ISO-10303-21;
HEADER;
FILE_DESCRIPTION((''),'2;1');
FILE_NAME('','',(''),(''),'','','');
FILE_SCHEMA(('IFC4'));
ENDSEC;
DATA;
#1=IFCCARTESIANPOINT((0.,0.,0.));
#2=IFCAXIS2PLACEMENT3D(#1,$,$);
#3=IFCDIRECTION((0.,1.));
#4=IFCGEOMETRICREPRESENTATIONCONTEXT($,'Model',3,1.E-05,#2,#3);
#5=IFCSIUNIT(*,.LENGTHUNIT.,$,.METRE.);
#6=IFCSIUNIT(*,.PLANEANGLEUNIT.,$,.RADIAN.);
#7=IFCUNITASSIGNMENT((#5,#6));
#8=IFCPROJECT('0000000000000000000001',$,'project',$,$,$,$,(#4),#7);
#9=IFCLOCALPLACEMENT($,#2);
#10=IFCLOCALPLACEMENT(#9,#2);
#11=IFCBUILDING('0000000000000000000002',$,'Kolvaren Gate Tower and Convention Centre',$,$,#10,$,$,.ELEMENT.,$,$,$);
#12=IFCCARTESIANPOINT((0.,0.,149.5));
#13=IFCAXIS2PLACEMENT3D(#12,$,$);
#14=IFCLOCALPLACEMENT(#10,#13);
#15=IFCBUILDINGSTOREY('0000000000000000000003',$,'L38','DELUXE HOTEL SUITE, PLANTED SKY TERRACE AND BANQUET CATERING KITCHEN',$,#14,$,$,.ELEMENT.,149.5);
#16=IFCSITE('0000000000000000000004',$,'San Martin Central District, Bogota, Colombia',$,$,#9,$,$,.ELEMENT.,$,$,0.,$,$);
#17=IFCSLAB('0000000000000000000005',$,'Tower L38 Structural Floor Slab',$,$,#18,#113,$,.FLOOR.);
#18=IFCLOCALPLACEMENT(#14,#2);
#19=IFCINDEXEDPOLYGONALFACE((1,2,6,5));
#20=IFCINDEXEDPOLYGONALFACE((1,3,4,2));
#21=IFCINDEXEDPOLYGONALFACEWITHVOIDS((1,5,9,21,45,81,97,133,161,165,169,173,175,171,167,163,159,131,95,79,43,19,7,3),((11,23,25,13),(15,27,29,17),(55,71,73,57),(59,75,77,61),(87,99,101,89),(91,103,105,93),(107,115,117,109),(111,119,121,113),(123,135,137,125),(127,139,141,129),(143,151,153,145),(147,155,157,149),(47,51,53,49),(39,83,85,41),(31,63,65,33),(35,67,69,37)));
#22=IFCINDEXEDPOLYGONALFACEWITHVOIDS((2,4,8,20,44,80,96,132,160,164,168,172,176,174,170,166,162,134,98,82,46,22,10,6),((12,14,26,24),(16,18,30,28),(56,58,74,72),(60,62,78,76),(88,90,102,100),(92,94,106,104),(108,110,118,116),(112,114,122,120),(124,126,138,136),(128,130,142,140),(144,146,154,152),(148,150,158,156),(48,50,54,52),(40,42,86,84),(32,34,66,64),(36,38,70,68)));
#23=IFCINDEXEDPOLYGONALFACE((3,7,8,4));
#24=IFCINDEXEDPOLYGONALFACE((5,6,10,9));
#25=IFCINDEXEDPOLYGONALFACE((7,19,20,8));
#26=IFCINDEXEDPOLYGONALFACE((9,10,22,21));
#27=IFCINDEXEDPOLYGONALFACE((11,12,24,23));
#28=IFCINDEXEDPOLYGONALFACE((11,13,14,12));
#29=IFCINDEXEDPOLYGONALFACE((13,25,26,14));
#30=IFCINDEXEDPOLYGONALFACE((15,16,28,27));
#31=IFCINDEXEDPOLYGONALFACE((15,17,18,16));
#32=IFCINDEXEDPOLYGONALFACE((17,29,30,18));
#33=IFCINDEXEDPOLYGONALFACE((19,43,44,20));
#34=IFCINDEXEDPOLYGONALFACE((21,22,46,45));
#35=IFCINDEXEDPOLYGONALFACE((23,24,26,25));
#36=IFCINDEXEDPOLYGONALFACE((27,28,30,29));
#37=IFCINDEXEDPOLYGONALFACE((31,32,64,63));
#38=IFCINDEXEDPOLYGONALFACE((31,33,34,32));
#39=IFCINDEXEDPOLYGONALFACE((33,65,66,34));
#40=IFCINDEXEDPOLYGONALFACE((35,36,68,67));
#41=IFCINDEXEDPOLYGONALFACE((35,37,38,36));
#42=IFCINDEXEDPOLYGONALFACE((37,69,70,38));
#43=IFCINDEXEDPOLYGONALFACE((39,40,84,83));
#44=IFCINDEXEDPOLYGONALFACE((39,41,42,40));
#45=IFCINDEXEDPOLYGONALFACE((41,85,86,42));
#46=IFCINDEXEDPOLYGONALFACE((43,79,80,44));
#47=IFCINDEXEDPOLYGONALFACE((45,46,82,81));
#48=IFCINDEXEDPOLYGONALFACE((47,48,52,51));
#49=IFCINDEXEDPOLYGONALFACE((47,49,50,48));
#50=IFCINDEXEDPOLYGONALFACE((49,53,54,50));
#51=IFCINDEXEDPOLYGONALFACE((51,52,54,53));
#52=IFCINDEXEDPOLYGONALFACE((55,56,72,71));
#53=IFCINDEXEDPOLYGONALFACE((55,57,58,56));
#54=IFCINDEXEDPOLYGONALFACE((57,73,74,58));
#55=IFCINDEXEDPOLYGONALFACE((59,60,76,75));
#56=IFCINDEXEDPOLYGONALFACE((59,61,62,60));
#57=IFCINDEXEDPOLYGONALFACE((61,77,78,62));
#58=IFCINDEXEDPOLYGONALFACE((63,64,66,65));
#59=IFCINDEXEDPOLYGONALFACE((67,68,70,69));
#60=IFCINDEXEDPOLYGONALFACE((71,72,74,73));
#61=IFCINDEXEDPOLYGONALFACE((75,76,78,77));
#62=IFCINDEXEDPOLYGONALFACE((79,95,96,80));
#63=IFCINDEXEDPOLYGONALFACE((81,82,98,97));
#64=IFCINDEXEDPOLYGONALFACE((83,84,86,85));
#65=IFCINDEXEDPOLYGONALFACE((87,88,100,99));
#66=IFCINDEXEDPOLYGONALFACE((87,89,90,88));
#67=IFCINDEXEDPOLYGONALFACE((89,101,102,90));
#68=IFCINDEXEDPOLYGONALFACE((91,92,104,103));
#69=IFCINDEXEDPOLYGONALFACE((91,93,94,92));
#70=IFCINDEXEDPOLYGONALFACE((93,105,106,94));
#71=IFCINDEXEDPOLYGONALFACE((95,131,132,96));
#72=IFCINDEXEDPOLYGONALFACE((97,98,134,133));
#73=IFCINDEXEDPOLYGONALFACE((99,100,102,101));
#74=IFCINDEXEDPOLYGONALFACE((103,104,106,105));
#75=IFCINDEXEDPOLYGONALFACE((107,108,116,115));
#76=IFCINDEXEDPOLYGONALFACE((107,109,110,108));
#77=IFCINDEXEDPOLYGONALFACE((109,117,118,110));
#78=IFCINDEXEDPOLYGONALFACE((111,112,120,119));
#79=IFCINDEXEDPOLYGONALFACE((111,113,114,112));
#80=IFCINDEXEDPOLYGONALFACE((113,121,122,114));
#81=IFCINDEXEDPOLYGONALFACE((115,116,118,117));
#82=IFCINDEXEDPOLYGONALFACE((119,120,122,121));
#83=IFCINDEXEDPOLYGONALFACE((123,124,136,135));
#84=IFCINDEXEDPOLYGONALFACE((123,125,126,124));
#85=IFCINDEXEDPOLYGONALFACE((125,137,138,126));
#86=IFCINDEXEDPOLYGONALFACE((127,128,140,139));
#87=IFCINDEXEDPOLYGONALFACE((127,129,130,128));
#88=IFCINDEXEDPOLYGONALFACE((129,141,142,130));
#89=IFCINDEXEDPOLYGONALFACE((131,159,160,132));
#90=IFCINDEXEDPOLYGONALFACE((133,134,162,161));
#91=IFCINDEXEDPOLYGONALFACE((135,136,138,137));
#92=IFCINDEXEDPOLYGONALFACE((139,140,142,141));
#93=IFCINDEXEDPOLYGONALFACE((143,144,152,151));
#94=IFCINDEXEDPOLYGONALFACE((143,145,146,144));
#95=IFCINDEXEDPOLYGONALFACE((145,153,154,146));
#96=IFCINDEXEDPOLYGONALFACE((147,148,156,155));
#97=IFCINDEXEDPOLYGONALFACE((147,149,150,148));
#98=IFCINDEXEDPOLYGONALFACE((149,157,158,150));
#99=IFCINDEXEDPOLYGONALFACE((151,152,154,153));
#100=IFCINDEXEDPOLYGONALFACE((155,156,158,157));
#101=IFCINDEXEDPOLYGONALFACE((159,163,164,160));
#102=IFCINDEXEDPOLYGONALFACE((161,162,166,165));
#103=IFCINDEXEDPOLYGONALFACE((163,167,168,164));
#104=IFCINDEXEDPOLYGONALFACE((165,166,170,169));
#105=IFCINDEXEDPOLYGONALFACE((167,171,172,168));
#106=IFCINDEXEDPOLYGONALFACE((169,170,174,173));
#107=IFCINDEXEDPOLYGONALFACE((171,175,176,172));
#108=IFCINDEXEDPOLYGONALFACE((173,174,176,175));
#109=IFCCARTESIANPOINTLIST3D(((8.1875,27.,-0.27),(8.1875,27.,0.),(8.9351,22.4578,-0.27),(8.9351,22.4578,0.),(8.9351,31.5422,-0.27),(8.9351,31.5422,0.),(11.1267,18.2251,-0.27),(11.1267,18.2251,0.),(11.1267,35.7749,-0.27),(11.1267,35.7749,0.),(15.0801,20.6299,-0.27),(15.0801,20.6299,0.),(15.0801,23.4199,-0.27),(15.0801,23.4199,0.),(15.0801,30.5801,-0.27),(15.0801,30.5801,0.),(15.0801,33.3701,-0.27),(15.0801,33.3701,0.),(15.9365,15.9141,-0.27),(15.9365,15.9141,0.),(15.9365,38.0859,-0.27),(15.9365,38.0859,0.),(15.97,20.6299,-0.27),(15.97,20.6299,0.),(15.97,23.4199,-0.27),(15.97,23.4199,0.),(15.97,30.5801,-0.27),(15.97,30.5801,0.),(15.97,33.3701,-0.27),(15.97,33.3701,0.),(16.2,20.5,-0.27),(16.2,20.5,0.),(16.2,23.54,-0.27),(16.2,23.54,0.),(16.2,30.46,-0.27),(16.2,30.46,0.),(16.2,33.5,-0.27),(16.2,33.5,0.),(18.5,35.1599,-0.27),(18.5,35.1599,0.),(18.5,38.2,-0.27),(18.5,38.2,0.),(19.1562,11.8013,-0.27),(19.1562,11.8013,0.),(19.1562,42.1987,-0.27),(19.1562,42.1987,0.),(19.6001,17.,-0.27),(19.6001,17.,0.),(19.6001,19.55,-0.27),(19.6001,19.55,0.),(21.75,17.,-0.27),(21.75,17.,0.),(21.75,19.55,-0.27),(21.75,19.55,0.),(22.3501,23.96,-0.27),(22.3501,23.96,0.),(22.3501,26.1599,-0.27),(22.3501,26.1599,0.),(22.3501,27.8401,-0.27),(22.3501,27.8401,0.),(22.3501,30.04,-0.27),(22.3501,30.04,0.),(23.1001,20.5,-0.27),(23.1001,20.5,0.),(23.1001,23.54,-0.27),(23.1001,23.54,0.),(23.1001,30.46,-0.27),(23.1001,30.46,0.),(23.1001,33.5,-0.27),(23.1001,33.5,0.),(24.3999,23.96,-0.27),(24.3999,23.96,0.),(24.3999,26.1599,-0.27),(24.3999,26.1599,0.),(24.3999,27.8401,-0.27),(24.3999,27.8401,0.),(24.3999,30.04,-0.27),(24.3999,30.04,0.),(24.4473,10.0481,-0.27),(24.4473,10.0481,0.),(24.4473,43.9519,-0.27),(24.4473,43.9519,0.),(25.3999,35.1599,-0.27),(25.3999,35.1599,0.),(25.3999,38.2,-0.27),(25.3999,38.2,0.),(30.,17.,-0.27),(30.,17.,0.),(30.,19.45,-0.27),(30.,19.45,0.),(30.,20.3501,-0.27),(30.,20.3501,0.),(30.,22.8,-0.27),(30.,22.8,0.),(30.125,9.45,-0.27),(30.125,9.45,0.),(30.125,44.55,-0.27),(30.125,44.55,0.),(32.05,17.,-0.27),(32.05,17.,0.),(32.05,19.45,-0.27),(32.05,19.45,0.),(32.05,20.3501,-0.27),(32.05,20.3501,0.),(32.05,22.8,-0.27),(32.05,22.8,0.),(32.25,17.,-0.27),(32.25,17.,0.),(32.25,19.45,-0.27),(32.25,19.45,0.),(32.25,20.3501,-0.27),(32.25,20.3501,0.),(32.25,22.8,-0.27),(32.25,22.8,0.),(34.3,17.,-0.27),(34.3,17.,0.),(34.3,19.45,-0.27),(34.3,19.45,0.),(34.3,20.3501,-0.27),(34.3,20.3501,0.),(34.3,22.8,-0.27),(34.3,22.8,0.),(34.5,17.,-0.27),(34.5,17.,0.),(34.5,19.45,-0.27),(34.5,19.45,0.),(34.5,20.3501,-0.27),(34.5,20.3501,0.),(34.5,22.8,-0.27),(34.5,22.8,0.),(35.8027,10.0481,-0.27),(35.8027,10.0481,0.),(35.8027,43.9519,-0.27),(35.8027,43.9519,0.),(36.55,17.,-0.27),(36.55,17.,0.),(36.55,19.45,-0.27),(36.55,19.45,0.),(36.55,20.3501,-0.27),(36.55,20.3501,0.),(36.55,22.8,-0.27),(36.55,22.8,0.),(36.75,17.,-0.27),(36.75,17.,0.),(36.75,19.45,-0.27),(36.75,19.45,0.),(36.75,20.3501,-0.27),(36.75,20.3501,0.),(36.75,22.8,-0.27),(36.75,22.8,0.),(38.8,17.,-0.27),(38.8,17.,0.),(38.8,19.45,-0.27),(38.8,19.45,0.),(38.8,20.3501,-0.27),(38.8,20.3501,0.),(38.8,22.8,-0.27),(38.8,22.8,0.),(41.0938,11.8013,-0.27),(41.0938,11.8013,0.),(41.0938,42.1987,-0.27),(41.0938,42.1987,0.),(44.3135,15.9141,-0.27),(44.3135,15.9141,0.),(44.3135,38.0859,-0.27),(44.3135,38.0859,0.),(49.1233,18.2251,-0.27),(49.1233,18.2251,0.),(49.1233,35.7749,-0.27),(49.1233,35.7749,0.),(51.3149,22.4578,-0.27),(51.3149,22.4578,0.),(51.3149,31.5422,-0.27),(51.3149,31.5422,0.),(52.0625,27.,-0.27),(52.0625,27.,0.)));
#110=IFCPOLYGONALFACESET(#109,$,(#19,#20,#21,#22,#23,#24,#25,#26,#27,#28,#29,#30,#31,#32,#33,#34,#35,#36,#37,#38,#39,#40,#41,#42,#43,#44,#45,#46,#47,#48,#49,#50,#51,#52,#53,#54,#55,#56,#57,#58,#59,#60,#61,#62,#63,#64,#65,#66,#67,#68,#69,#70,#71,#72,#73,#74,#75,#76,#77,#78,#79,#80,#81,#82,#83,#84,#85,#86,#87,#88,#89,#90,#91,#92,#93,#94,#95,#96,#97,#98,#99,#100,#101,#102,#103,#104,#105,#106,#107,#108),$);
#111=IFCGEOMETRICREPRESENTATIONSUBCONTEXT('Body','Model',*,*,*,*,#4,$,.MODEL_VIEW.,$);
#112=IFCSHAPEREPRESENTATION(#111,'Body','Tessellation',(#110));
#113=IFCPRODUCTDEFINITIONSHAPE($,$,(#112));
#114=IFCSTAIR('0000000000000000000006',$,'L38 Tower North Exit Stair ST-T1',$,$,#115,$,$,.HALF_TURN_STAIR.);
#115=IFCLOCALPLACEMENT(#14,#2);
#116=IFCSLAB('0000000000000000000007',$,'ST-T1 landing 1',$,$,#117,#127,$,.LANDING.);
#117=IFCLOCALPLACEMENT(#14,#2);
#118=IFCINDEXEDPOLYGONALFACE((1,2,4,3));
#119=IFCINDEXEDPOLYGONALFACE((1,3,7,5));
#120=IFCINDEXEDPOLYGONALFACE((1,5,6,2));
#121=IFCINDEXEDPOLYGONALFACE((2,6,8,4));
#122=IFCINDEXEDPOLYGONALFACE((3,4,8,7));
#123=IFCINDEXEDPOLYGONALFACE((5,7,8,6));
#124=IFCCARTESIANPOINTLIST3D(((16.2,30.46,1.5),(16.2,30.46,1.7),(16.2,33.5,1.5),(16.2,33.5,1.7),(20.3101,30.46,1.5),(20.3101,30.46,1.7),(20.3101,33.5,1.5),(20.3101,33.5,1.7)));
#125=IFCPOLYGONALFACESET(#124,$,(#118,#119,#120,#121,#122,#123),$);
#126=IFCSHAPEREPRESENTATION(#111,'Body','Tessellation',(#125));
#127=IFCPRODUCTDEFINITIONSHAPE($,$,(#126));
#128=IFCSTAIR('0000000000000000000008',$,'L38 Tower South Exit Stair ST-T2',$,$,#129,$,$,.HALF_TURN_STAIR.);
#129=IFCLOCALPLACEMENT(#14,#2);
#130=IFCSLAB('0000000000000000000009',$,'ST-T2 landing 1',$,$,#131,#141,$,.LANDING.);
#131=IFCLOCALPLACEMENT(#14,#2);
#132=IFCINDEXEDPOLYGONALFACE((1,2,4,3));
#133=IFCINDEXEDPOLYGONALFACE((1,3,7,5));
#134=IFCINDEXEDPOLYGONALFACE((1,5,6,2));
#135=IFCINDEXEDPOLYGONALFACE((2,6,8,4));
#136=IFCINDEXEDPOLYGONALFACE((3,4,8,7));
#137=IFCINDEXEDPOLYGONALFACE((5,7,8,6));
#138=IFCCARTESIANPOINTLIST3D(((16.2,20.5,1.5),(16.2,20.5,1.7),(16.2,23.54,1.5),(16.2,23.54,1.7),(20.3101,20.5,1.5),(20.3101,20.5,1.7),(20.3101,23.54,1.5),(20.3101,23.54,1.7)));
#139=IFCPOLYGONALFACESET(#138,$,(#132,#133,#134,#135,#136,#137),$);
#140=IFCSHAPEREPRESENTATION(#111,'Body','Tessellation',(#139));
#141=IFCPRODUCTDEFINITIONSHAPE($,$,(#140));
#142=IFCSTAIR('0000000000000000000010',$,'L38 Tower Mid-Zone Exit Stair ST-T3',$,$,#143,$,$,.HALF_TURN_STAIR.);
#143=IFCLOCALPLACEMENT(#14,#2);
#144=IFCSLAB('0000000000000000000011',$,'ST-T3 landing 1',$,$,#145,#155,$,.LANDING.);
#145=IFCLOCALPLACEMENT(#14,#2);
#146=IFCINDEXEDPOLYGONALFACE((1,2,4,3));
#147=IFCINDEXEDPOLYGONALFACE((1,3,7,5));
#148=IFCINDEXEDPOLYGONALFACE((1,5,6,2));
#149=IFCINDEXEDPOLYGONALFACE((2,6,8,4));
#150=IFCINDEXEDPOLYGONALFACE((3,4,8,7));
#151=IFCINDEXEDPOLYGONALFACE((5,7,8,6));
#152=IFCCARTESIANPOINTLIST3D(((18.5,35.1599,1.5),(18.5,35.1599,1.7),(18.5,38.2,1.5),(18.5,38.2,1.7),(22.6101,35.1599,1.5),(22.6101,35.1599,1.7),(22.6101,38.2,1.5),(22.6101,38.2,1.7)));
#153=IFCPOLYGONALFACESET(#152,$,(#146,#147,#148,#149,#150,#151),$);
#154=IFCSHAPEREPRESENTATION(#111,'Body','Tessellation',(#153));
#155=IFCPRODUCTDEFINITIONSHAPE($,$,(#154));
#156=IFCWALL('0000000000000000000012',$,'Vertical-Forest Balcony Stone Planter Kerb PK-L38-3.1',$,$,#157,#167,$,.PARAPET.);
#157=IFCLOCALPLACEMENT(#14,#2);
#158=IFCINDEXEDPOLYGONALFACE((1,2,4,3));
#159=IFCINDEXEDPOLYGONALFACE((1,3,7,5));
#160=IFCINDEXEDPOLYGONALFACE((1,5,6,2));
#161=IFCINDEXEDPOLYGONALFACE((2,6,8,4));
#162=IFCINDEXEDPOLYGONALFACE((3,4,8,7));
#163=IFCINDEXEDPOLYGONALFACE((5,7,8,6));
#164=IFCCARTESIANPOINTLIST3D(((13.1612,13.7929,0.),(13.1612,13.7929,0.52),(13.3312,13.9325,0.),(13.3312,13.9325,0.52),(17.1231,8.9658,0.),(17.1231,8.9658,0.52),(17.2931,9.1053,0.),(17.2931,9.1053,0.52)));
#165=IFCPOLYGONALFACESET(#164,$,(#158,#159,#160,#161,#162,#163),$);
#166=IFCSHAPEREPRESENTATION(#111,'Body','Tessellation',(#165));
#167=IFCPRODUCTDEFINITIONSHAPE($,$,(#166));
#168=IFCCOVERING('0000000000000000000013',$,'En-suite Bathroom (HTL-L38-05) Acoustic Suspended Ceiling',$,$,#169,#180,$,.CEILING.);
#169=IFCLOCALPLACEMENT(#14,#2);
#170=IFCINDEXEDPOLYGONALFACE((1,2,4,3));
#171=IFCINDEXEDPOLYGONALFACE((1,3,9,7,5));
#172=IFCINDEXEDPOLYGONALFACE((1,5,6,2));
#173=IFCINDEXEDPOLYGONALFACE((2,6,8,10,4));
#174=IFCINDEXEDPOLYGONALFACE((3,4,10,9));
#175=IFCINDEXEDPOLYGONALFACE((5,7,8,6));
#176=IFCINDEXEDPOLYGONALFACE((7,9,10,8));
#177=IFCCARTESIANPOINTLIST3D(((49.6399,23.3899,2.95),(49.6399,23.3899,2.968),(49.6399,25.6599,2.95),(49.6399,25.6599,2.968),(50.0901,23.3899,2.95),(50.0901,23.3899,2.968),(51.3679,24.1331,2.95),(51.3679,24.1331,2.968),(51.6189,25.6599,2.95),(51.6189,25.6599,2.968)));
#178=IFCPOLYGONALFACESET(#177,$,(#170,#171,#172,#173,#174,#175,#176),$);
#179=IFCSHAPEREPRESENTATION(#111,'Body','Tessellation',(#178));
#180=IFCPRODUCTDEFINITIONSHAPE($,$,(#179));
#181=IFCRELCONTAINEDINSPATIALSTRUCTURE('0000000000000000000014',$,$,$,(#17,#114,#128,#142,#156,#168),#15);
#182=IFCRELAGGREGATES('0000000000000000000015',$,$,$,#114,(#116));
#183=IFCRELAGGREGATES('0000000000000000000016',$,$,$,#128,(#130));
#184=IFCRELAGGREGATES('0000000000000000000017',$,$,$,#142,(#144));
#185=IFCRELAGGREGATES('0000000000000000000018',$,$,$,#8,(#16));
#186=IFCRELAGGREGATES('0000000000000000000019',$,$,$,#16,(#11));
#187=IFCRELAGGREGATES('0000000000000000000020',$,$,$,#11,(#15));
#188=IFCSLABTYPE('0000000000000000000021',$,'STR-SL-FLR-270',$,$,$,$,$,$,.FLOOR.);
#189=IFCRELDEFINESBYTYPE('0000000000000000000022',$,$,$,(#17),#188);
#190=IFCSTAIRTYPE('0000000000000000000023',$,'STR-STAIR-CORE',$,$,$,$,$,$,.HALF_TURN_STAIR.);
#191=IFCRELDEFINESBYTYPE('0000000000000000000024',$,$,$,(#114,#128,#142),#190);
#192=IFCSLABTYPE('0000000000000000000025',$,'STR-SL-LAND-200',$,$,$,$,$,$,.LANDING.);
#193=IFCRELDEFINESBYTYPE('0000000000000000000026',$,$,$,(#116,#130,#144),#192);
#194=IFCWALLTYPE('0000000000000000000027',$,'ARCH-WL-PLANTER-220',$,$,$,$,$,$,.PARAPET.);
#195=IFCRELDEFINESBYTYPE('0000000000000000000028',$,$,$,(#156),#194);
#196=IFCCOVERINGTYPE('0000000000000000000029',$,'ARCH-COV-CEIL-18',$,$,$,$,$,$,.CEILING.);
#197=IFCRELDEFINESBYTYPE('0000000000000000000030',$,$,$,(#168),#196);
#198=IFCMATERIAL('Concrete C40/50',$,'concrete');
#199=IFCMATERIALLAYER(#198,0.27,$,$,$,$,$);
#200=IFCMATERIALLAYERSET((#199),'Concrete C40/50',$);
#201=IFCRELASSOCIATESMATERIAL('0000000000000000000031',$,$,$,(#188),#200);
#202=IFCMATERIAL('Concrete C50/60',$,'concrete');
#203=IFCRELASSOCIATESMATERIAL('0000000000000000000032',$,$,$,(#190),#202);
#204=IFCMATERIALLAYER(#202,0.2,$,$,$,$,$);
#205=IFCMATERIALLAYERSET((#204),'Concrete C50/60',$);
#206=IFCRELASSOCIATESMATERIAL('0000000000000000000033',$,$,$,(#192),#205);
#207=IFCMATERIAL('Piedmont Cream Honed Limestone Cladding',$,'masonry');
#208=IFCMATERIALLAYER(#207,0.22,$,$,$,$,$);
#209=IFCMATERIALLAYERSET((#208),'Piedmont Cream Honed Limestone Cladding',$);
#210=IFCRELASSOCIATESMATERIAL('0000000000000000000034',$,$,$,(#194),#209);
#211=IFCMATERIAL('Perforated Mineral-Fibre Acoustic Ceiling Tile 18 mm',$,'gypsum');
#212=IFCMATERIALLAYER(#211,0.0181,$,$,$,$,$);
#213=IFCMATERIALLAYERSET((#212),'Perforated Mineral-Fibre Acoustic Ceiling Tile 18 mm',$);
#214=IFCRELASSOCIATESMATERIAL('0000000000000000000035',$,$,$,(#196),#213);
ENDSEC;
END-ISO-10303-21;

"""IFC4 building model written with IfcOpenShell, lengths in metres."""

from ifc_helpers import new_model, si_unit, direction, frame, frame_2d, origin, place, context, subcontext, project, spatial, polyline, rectangle, outline, extrude, material, layer, layer_set, type_object, element, aggregate, save


model = new_model("IFC4")

# Units and contexts
model_context = context("Model", 3, precision=1e-05, world=origin(), true_north=direction((0.0, 1.0)))
body_context = subcontext(model_context, "Body", "Model", "MODEL_VIEW")
ifc_project = project(units=[si_unit("LENGTHUNIT", "METRE"), si_unit("PLANEANGLEUNIT", "RADIAN")], contexts=[model_context])

# Site, building, storey
site_placement = place(None, origin())
site = spatial("IfcSite", under=ifc_project, at=site_placement, Name="San Martin Central District, Bogota, Colombia", CompositionType="ELEMENT", RefElevation=0.0)
building_placement = place(site_placement, origin())
building = spatial("IfcBuilding", under=site, at=building_placement, Name="Kolvaren Gate Tower and Convention Centre", CompositionType="ELEMENT")
storey_placement = place(building_placement, frame((0.0, 0.0, 149.5)))
storey = spatial("IfcBuildingStorey", under=building, at=storey_placement, Name="L38", Description="DELUXE HOTEL SUITE, PLANTED SKY TERRACE AND BANQUET CATERING KITCHEN", CompositionType="ELEMENT", Elevation=149.5)

# Slab
ifc_material_1 = material(Name="Concrete C50/60", Category="concrete")
ifc_material_2 = material(Name="Concrete C40/50", Category="concrete")
ifc_layer_1 = layer(ifc_material_2, 0.27)
ifc_layer_set_1 = layer_set([ifc_layer_1], Name="Concrete C40/50")
slab_type_1 = type_object("IfcSlabType", Name="STR-SL-FLR-270", PredefinedType="FLOOR", material=ifc_layer_set_1)
slab_1_placement = place(storey_placement, frame((0.0, 0.0, -0.27)))
element("IfcSlab", 1, at=slab_1_placement, inside=storey, type_object=slab_type_1, Name="Tower L38 Structural Floor Slab", PredefinedType="FLOOR", context=body_context, shape_type="SweptSolid", body=[
    extrude(outline(polyline([(52.0625, 27.0), (51.3149, 31.5422), (49.1233, 35.7749), (44.3135, 38.0859), (41.0938, 42.1987), (35.8027, 43.9519), (30.125, 44.55), (24.4473, 43.9519), (19.1562, 42.1987), (15.9365, 38.0859), (11.1267, 35.7749), (8.9351, 31.5422), (8.1875, 27.0), (8.9351, 22.4578), (11.1267, 18.2251), (15.9365, 15.9141), (19.1562, 11.8013), (24.4473, 10.0481), (30.125, 9.45), (35.8027, 10.0481), (41.0938, 11.8013), (44.3135, 15.9141), (49.1233, 18.2251), (51.3149, 22.4578), (52.0625, 27.0)]), holes=[polyline([(36.75, 17.0), (36.75, 19.45), (38.8, 19.45), (38.8, 17.0), (36.75, 17.0)]), polyline([(36.75, 20.3501), (36.75, 22.8), (38.8, 22.8), (38.8, 20.3501), (36.75, 20.3501)]), polyline([(34.5, 17.0), (34.5, 19.45), (36.55, 19.45), (36.55, 17.0), (34.5, 17.0)]), polyline([(34.5, 20.3501), (34.5, 22.8), (36.55, 22.8), (36.55, 20.3501), (34.5, 20.3501)]), polyline([(32.25, 17.0), (32.25, 19.45), (34.3, 19.45), (34.3, 17.0), (32.25, 17.0)]), polyline([(32.25, 20.3501), (32.25, 22.8), (34.3, 22.8), (34.3, 20.3501), (32.25, 20.3501)]), polyline([(30.0, 17.0), (30.0, 19.45), (32.05, 19.45), (32.05, 17.0), (30.0, 17.0)]), polyline([(30.0, 20.3501), (30.0, 22.8), (32.05, 22.8), (32.05, 20.3501), (30.0, 20.3501)]), polyline([(25.3999, 38.2), (25.3999, 35.1599), (18.5, 35.1599), (18.5, 38.2), (25.3999, 38.2)]), polyline([(22.3501, 23.96), (22.3501, 26.1599), (24.3999, 26.1599), (24.3999, 23.96), (22.3501, 23.96)]), polyline([(22.3501, 27.8401), (22.3501, 30.04), (24.3999, 30.04), (24.3999, 27.8401), (22.3501, 27.8401)]), polyline([(23.1001, 23.54), (23.1001, 20.5), (16.2, 20.5), (16.2, 23.54), (23.1001, 23.54)]), polyline([(23.1001, 33.5), (23.1001, 30.46), (16.2, 30.46), (16.2, 33.5), (23.1001, 33.5)]), polyline([(19.6001, 17.0), (19.6001, 19.55), (21.75, 19.55), (21.75, 17.0), (19.6001, 17.0)]), polyline([(15.0801, 20.6299), (15.0801, 23.4199), (15.97, 23.4199), (15.97, 20.6299), (15.0801, 20.6299)]), polyline([(15.0801, 30.5801), (15.0801, 33.3701), (15.97, 33.3701), (15.97, 30.5801), (15.0801, 30.5801)])]), origin(), (0.0, 0.0, 1.0), 0.27),
])

# Stairs, slabs
stair_type = type_object("IfcStairType", Name="STR-STAIR-CORE", PredefinedType="HALF_TURN_STAIR", material=ifc_material_1)
stair_1_placement = place(storey_placement, origin())
stair_1 = element("IfcStair", 2, at=stair_1_placement, inside=storey, type_object=stair_type, Name="L38 Tower North Exit Stair ST-T1", PredefinedType="HALF_TURN_STAIR")
ifc_layer_2 = layer(ifc_material_1, 0.2)
ifc_layer_set_2 = layer_set([ifc_layer_2], Name="Concrete C50/60")
slab_type_2 = type_object("IfcSlabType", Name="STR-SL-LAND-200", PredefinedType="LANDING", material=ifc_layer_set_2)
slab_2_placement = place(storey_placement, frame((0.0, 0.0, 1.5)))
slab_2 = element("IfcSlab", 3, at=slab_2_placement, type_object=slab_type_2, Name="ST-T1 landing 1", PredefinedType="LANDING", context=body_context, shape_type="SweptSolid", body=[
    extrude(outline(polyline([(20.3101, 33.5), (16.2, 33.5), (16.2, 30.46), (20.3101, 30.46), (20.3101, 33.5)])), origin(), (0.0, 0.0, 1.0), 0.2),
])
aggregate(stair_1, [slab_2])
stair_2_placement = place(storey_placement, origin())
stair_2 = element("IfcStair", 4, at=stair_2_placement, inside=storey, type_object=stair_type, Name="L38 Tower South Exit Stair ST-T2", PredefinedType="HALF_TURN_STAIR")
slab_3_placement = place(storey_placement, frame((0.0, 0.0, 1.5)))
slab_3 = element("IfcSlab", 5, at=slab_3_placement, type_object=slab_type_2, Name="ST-T2 landing 1", PredefinedType="LANDING", context=body_context, shape_type="SweptSolid", body=[
    extrude(outline(polyline([(20.3101, 23.54), (16.2, 23.54), (16.2, 20.5), (20.3101, 20.5), (20.3101, 23.54)])), origin(), (0.0, 0.0, 1.0), 0.2),
])
aggregate(stair_2, [slab_3])
stair_3_placement = place(storey_placement, origin())
stair_3 = element("IfcStair", 6, at=stair_3_placement, inside=storey, type_object=stair_type, Name="L38 Tower Mid-Zone Exit Stair ST-T3", PredefinedType="HALF_TURN_STAIR")
slab_4_placement = place(storey_placement, frame((0.0, 0.0, 1.5)))
slab_4 = element("IfcSlab", 7, at=slab_4_placement, type_object=slab_type_2, Name="ST-T3 landing 1", PredefinedType="LANDING", context=body_context, shape_type="SweptSolid", body=[
    extrude(outline(polyline([(22.6101, 38.2), (18.5, 38.2), (18.5, 35.1599), (22.6101, 35.1599), (22.6101, 38.2)])), origin(), (0.0, 0.0, 1.0), 0.2),
])
aggregate(stair_3, [slab_4])

# Wall
ifc_material_3 = material(Name="Piedmont Cream Honed Limestone Cladding", Category="masonry")
ifc_layer_3 = layer(ifc_material_3, 0.22)
ifc_layer_set_3 = layer_set([ifc_layer_3], Name="Piedmont Cream Honed Limestone Cladding")
wall_type = type_object("IfcWallType", Name="ARCH-WL-PLANTER-220", PredefinedType="PARAPET", material=ifc_layer_set_3)
wall_placement = place(storey_placement, frame((13.2461, 13.8628, 0.0), z_axis=(0.0, 0.0, 1.0), x_axis=(0.634429, -0.772981, 0.0)))
element("IfcWall", 8, at=wall_placement, inside=storey, type_object=wall_type, Name="Vertical-Forest Balcony Stone Planter Kerb PK-L38-3.1", PredefinedType="PARAPET", context=body_context, shape_type="SweptSolid", body=[
    extrude(rectangle(XDim=6.2449, YDim=0.22, at=frame_2d((3.1226, 0.0))), origin(), (0.0, 0.0, 1.0), 0.52),
])

# Covering
ifc_material_4 = material(Name="Perforated Mineral-Fibre Acoustic Ceiling Tile 18 mm", Category="gypsum")
ifc_layer_4 = layer(ifc_material_4, 0.0181)
ifc_layer_set_4 = layer_set([ifc_layer_4], Name="Perforated Mineral-Fibre Acoustic Ceiling Tile 18 mm")
covering_type_1 = type_object("IfcCoveringType", Name="ARCH-COV-CEIL-18", PredefinedType="CEILING", material=ifc_layer_set_4)
covering_1_placement = place(storey_placement, frame((0.0, 0.0, 2.95)))
element("IfcCovering", 9, at=covering_1_placement, inside=storey, type_object=covering_type_1, Name="En-suite Bathroom (HTL-L38-05) Acoustic Suspended Ceiling", PredefinedType="CEILING", context=body_context, shape_type="SweptSolid", body=[
    extrude(outline(polyline([(49.6399, 23.3899), (49.6399, 25.6599), (51.6189, 25.6599), (51.3679, 24.1331), (50.0901, 23.3899), (49.6399, 23.3899)])), origin(), (0.0, 0.0, 1.0), 0.0181),
])

save(model, "model.ifc")
